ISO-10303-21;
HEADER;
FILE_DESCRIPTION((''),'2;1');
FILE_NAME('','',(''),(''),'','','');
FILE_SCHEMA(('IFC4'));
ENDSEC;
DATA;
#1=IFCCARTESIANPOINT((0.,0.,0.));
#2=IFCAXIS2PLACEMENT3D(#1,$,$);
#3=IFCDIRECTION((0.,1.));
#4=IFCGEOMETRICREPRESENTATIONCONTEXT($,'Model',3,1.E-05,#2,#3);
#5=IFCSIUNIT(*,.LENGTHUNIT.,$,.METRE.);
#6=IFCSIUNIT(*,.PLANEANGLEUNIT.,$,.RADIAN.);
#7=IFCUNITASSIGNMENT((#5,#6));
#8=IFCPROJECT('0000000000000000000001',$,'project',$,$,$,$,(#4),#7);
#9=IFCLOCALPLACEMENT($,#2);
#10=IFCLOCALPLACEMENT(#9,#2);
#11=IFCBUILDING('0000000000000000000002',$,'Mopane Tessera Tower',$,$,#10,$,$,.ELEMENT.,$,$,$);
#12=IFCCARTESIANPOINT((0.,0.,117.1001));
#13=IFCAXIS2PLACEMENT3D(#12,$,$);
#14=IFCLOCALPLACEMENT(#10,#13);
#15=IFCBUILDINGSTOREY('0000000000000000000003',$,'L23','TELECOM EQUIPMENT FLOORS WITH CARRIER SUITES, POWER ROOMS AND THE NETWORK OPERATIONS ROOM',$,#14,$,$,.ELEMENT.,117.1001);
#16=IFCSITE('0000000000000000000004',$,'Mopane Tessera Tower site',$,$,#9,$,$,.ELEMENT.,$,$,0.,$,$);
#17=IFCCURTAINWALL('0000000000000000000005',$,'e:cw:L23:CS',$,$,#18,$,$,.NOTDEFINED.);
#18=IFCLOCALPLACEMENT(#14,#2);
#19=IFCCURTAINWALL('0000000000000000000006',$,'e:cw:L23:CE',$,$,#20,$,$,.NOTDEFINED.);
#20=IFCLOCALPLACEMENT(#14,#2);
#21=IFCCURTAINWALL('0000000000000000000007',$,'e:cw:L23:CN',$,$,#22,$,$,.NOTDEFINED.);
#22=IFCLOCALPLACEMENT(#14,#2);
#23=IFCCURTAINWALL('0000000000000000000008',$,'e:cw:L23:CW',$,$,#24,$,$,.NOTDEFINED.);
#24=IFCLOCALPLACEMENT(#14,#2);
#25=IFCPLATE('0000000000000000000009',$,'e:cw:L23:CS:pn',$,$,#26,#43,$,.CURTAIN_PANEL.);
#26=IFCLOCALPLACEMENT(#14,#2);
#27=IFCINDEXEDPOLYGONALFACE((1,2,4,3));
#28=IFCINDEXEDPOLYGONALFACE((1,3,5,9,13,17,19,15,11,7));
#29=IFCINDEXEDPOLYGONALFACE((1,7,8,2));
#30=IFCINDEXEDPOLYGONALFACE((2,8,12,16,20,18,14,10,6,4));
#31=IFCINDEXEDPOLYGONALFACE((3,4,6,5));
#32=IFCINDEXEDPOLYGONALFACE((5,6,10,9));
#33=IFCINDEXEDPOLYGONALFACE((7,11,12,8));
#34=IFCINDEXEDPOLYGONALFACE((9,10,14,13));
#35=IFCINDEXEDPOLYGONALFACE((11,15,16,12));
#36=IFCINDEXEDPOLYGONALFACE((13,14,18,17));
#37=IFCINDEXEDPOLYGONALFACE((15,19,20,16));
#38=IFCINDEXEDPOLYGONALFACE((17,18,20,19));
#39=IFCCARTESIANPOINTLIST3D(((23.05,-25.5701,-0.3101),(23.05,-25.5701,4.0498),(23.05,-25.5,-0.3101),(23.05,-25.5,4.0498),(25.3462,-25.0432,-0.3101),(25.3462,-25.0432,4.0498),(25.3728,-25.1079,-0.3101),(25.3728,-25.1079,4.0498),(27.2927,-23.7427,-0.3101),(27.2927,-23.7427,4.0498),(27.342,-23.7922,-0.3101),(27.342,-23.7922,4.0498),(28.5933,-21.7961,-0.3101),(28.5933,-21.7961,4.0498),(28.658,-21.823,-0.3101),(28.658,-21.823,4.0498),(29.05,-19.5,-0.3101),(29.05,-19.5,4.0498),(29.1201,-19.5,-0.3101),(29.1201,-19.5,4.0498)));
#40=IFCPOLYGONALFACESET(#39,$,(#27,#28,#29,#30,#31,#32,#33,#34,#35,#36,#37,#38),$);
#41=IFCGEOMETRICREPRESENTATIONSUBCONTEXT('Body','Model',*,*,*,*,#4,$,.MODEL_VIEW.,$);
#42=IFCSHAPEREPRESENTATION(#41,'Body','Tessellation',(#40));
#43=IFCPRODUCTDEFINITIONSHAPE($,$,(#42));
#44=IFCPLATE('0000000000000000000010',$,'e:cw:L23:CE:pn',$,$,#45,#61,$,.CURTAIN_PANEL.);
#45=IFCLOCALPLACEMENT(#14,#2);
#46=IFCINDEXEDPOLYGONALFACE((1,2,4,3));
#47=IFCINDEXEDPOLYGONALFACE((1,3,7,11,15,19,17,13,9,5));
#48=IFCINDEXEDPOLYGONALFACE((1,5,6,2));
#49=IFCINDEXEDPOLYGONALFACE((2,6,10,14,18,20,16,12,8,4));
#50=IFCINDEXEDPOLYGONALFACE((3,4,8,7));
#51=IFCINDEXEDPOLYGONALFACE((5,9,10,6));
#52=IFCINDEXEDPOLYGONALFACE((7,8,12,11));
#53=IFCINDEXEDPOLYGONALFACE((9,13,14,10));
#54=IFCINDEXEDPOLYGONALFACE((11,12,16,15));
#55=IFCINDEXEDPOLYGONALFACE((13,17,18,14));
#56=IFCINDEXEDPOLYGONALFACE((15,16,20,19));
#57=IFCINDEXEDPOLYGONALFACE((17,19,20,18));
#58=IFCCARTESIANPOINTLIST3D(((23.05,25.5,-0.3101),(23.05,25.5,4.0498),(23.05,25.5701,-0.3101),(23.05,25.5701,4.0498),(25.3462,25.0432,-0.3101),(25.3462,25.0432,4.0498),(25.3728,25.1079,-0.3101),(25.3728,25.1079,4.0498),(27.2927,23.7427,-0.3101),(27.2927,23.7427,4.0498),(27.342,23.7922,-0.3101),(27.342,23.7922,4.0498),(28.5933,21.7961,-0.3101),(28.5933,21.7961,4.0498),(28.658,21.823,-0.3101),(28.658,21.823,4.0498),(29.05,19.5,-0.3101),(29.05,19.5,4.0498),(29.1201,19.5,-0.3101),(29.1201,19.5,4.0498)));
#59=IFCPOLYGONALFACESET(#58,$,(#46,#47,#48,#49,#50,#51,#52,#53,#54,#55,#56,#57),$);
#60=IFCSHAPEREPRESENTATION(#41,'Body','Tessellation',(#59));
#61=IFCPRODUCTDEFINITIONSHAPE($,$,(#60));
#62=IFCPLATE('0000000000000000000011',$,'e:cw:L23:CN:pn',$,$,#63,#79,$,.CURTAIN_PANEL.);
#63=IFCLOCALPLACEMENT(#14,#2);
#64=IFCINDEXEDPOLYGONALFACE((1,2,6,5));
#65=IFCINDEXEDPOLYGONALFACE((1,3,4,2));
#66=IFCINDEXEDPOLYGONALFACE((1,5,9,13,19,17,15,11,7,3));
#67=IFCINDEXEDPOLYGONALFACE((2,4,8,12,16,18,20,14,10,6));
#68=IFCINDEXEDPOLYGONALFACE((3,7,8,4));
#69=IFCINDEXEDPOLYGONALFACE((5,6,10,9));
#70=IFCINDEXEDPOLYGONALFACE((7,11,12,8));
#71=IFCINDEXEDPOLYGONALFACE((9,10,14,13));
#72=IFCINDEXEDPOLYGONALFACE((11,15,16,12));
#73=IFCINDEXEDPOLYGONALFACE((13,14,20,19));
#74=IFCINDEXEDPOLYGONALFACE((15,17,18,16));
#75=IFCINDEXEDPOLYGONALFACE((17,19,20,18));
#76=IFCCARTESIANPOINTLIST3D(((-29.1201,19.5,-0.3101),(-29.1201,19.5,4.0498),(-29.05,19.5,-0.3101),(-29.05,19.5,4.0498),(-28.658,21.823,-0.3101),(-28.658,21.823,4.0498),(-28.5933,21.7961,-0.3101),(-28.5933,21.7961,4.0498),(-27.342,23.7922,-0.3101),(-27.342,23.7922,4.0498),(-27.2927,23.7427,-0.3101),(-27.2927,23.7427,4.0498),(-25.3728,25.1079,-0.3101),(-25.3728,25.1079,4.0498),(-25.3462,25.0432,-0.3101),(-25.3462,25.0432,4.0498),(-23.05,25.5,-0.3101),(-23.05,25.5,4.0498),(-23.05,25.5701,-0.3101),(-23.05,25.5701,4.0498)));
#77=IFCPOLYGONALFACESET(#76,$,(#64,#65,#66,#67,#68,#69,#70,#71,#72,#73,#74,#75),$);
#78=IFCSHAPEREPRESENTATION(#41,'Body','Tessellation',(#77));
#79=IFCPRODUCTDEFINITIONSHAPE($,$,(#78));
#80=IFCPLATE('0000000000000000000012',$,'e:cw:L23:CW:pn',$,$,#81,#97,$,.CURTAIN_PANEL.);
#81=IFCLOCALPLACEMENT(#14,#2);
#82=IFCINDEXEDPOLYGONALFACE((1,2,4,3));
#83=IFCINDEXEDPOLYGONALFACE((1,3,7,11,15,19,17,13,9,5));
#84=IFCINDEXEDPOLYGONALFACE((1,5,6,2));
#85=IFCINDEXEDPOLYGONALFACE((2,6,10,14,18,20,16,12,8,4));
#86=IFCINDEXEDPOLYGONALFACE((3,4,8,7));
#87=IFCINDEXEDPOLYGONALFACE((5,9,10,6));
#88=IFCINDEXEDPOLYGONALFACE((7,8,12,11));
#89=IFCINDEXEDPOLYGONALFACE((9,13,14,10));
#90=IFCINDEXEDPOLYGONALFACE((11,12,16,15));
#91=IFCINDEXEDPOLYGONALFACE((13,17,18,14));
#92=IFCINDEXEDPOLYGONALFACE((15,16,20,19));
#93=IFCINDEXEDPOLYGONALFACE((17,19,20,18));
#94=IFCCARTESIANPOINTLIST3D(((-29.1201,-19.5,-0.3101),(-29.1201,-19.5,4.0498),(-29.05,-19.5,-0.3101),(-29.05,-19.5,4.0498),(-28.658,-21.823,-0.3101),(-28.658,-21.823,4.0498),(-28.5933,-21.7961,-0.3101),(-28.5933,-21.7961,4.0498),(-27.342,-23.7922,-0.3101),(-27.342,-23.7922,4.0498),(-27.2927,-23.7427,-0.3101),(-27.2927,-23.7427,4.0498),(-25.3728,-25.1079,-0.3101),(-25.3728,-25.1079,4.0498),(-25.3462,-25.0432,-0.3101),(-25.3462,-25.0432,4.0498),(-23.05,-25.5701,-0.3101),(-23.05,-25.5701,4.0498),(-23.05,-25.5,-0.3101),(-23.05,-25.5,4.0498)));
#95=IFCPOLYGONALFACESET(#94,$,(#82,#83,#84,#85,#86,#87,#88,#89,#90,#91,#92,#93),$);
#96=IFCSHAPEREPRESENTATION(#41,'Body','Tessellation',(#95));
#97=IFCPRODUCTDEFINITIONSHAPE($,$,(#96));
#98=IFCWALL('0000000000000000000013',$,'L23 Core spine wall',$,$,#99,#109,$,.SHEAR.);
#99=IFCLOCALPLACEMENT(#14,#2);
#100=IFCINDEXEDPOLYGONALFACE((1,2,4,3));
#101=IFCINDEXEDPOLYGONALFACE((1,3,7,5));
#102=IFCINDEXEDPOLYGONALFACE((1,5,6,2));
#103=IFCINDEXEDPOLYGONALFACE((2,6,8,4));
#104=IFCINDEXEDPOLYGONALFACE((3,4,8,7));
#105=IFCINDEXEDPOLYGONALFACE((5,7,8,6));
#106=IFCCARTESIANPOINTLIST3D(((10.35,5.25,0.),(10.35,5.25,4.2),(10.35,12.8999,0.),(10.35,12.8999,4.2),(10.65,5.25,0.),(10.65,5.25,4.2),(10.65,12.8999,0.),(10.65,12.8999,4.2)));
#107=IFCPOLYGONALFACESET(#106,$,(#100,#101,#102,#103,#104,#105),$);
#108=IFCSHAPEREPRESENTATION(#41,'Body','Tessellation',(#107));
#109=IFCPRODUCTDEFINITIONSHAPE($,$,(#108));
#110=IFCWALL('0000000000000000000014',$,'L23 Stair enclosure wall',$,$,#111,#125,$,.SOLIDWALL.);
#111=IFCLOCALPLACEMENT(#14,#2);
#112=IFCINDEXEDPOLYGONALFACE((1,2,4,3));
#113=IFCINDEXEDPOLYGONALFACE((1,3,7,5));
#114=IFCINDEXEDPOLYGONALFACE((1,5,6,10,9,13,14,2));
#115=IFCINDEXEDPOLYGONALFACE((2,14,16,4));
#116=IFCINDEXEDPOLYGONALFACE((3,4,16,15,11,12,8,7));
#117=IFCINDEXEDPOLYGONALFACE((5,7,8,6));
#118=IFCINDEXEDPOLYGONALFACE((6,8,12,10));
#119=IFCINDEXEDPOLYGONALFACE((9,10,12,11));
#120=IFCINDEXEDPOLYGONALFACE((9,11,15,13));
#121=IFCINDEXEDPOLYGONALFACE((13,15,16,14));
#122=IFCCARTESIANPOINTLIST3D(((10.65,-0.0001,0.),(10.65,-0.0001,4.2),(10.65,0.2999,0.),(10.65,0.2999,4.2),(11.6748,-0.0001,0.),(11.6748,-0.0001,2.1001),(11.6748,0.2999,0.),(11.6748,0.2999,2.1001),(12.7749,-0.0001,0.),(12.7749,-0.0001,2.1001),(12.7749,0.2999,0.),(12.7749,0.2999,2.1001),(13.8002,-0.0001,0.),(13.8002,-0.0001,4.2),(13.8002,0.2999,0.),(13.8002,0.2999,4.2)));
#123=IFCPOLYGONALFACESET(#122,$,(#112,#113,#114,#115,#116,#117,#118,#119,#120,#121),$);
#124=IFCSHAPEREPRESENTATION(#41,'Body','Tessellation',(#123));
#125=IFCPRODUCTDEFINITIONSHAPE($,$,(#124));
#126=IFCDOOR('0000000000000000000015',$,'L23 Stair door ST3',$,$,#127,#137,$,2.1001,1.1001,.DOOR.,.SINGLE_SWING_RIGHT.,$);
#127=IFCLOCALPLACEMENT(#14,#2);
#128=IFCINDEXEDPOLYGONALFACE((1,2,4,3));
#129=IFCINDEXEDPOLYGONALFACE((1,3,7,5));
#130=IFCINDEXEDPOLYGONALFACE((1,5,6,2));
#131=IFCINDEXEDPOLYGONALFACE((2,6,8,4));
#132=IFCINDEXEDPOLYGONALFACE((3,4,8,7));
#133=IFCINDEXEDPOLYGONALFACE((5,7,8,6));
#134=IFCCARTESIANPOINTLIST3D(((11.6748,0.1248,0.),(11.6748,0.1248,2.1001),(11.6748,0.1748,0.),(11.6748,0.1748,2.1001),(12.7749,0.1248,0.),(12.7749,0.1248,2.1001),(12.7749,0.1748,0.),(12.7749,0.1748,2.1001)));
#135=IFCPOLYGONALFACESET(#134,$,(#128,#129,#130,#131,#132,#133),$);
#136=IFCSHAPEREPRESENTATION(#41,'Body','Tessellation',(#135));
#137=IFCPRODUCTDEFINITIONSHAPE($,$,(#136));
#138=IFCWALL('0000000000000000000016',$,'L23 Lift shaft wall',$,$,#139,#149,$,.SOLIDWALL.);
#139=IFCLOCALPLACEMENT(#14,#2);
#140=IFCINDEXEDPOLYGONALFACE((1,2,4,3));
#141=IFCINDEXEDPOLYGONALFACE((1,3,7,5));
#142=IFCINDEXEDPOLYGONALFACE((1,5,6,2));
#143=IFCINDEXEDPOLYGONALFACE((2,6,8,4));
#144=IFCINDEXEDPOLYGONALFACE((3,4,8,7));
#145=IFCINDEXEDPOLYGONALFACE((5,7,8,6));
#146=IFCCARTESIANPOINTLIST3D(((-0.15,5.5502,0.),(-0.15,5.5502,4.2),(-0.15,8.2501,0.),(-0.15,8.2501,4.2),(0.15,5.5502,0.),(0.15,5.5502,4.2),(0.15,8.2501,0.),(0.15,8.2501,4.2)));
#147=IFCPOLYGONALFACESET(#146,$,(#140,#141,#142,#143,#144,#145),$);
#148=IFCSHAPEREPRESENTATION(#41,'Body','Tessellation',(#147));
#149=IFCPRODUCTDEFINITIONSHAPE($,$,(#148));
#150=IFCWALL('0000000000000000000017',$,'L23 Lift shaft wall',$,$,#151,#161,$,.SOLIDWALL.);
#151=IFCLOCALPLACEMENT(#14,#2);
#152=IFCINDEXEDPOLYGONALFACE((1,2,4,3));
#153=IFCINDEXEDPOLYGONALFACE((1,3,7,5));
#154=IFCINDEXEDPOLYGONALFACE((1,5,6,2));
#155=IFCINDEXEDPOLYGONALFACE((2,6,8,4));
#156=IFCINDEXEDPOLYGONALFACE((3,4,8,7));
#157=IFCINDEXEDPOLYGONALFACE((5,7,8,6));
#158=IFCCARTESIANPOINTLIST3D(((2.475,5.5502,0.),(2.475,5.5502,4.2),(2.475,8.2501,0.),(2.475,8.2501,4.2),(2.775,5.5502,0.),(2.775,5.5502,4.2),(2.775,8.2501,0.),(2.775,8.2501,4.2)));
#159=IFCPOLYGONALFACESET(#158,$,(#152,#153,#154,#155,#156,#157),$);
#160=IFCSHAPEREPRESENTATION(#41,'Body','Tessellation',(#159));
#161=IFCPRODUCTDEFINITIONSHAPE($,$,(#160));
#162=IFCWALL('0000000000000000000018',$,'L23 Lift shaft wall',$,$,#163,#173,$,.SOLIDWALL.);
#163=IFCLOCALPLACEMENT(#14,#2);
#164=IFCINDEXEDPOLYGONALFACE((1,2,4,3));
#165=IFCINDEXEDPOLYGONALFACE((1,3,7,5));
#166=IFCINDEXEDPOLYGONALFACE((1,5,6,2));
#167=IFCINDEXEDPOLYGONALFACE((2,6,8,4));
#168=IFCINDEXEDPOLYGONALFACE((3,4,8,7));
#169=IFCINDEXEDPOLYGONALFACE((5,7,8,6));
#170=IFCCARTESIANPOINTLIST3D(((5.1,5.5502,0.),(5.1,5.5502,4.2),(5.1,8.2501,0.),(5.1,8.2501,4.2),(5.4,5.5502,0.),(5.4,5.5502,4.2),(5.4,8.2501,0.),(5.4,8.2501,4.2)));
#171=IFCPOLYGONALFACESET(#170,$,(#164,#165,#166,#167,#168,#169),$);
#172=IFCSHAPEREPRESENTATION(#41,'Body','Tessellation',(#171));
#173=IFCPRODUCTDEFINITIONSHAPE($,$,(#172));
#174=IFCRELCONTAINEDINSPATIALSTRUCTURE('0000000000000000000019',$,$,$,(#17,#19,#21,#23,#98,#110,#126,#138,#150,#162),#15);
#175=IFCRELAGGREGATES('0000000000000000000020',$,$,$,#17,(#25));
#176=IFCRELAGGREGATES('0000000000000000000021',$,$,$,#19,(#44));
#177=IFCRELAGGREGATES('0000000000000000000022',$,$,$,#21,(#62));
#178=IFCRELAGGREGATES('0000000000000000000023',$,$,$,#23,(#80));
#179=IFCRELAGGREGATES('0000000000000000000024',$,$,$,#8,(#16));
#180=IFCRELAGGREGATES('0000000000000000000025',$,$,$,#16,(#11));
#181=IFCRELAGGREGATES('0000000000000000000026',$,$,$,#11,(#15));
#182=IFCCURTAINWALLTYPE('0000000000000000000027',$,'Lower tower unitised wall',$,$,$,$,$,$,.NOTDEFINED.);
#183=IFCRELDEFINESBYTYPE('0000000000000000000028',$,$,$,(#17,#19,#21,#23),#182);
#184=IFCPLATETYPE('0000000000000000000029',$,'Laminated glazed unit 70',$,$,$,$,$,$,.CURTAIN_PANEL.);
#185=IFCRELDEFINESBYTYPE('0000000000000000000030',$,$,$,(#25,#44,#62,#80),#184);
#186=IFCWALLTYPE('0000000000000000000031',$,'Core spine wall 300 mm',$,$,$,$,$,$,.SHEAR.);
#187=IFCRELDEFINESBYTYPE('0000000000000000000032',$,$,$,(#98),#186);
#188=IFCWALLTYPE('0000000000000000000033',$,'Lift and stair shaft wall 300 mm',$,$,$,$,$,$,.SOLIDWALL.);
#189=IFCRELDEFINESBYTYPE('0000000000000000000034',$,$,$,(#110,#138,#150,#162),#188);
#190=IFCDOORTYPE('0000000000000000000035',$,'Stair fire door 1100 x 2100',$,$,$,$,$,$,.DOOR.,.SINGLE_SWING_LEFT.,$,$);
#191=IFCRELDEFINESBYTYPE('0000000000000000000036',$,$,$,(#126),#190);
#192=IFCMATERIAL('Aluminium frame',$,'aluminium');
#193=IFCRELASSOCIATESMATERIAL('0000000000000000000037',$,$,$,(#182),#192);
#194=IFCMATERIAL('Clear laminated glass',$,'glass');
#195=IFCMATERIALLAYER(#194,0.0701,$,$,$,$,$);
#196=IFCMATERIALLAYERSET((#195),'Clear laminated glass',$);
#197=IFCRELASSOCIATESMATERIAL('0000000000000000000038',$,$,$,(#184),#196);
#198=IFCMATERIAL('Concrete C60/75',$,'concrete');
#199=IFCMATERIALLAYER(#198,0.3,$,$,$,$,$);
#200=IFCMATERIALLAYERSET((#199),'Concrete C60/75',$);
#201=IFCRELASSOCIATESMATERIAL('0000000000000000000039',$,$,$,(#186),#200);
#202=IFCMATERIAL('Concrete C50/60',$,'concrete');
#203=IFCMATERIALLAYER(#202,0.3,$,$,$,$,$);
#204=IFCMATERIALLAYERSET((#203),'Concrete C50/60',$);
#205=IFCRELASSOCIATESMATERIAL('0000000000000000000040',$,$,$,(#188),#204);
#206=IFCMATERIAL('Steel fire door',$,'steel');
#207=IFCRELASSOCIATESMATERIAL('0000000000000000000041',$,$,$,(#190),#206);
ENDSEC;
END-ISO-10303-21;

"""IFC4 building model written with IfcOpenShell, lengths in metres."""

from ifc_helpers import new_model, si_unit, direction, frame, frame_2d, origin, place, context, subcontext, project, spatial, polyline, rectangle, outline, extrude, material, layer, layer_set, type_object, element, fill, aggregate, save


model = new_model("IFC4")

# Units and contexts
model_context = context("Model", 3, precision=1e-05, world=origin(), true_north=direction((0.0, 1.0)))
body_context = subcontext(model_context, "Body", "Model", "MODEL_VIEW")
ifc_project = project(units=[si_unit("LENGTHUNIT", "METRE"), si_unit("PLANEANGLEUNIT", "RADIAN")], contexts=[model_context])

# Site, building, storey
site_placement = place(None, origin())
site = spatial("IfcSite", under=ifc_project, at=site_placement, Name="Mopane Tessera Tower site", CompositionType="ELEMENT", RefElevation=0.0)
building_placement = place(site_placement, origin())
building = spatial("IfcBuilding", under=site, at=building_placement, Name="Mopane Tessera Tower", CompositionType="ELEMENT")
storey_placement = place(building_placement, frame((0.0, 0.0, 117.1001)))
storey = spatial("IfcBuildingStorey", under=building, at=storey_placement, Name="L23", Description="TELECOM EQUIPMENT FLOORS WITH CARRIER SUITES, POWER ROOMS AND THE NETWORK OPERATIONS ROOM", CompositionType="ELEMENT", Elevation=117.1001)

# Curtain walls
ifc_material_1 = material(Name="Aluminium frame", Category="aluminium")
curtain_wall_type = type_object("IfcCurtainWallType", Name="Lower tower unitised wall", PredefinedType="NOTDEFINED", material=ifc_material_1)
curtain_wall_1_placement = place(storey_placement, origin())
curtain_wall_1 = element("IfcCurtainWall", 1, at=curtain_wall_1_placement, inside=storey, type_object=curtain_wall_type, Name="e:cw:L23:CS", PredefinedType="NOTDEFINED")
curtain_wall_2_placement = place(storey_placement, origin())
curtain_wall_2 = element("IfcCurtainWall", 2, at=curtain_wall_2_placement, inside=storey, type_object=curtain_wall_type, Name="e:cw:L23:CE", PredefinedType="NOTDEFINED")
curtain_wall_3_placement = place(storey_placement, origin())
curtain_wall_3 = element("IfcCurtainWall", 3, at=curtain_wall_3_placement, inside=storey, type_object=curtain_wall_type, Name="e:cw:L23:CN", PredefinedType="NOTDEFINED")
curtain_wall_4_placement = place(storey_placement, origin())
curtain_wall_4 = element("IfcCurtainWall", 4, at=curtain_wall_4_placement, inside=storey, type_object=curtain_wall_type, Name="e:cw:L23:CW", PredefinedType="NOTDEFINED")

# Plates
ifc_material_2 = material(Name="Clear laminated glass", Category="glass")
ifc_layer_1 = layer(ifc_material_2, 0.0701)
ifc_layer_set_1 = layer_set([ifc_layer_1], Name="Clear laminated glass")
plate_type = type_object("IfcPlateType", Name="Laminated glazed unit 70", PredefinedType="CURTAIN_PANEL", material=ifc_layer_set_1)
plate_1_placement = place(storey_placement, frame((0.0, 0.0, -0.3101)))
plate_1 = element("IfcPlate", 5, at=plate_1_placement, type_object=plate_type, Name="e:cw:L23:CS:pn", PredefinedType="CURTAIN_PANEL", context=body_context, shape_type="SweptSolid", body=[
    extrude(outline(polyline([(23.05, -25.5), (25.3462, -25.0432), (27.2927, -23.7427), (28.5933, -21.7961), (29.05, -19.5), (29.1201, -19.5), (28.658, -21.823), (27.342, -23.7922), (25.3728, -25.1079), (23.05, -25.5701), (23.05, -25.5)])), origin(), (0.0, 0.0, 1.0), 4.3599),
])
aggregate(curtain_wall_1, [plate_1])
plate_2_placement = place(storey_placement, frame((0.0, 0.0, -0.3101)))
plate_2 = element("IfcPlate", 6, at=plate_2_placement, type_object=plate_type, Name="e:cw:L23:CE:pn", PredefinedType="CURTAIN_PANEL", context=body_context, shape_type="SweptSolid", body=[
    extrude(outline(polyline([(29.05, 19.5), (28.5933, 21.7961), (27.2927, 23.7427), (25.3462, 25.0432), (23.05, 25.5), (23.05, 25.5701), (25.3728, 25.1079), (27.342, 23.7922), (28.658, 21.823), (29.1201, 19.5), (29.05, 19.5)])), origin(), (0.0, 0.0, 1.0), 4.3599),
])
aggregate(curtain_wall_2, [plate_2])
plate_3_placement = place(storey_placement, frame((0.0, 0.0, -0.3101)))
plate_3 = element("IfcPlate", 7, at=plate_3_placement, type_object=plate_type, Name="e:cw:L23:CN:pn", PredefinedType="CURTAIN_PANEL", context=body_context, shape_type="SweptSolid", body=[
    extrude(outline(polyline([(-23.05, 25.5), (-25.3462, 25.0432), (-27.2927, 23.7427), (-28.5933, 21.7961), (-29.05, 19.5), (-29.1201, 19.5), (-28.658, 21.823), (-27.342, 23.7922), (-25.3728, 25.1079), (-23.05, 25.5701), (-23.05, 25.5)])), origin(), (0.0, 0.0, 1.0), 4.3599),
])
aggregate(curtain_wall_3, [plate_3])
plate_4_placement = place(storey_placement, frame((0.0, 0.0, -0.3101)))
plate_4 = element("IfcPlate", 8, at=plate_4_placement, type_object=plate_type, Name="e:cw:L23:CW:pn", PredefinedType="CURTAIN_PANEL", context=body_context, shape_type="SweptSolid", body=[
    extrude(outline(polyline([(-29.05, -19.5), (-28.5933, -21.7961), (-27.2927, -23.7427), (-25.3462, -25.0432), (-23.05, -25.5), (-23.05, -25.5701), (-25.3728, -25.1079), (-27.342, -23.7922), (-28.658, -21.823), (-29.1201, -19.5), (-29.05, -19.5)])), origin(), (0.0, 0.0, 1.0), 4.3599),
])
aggregate(curtain_wall_4, [plate_4])

# Wall
ifc_material_3 = material(Name="Concrete C60/75", Category="concrete")
ifc_layer_2 = layer(ifc_material_3, 0.3)
ifc_layer_set_2 = layer_set([ifc_layer_2], Name="Concrete C60/75")
wall_type_1 = type_object("IfcWallType", Name="Core spine wall 300 mm", PredefinedType="SHEAR", material=ifc_layer_set_2)
wall_1_placement = place(storey_placement, frame((10.5, 5.25, 0.0), z_axis=(0.0, 0.0, 1.0), x_axis=(0.0, 1.0, 0.0)))
element("IfcWall", 9, at=wall_1_placement, inside=storey, type_object=wall_type_1, Name="L23 Core spine wall", PredefinedType="SHEAR", context=body_context, shape_type="SweptSolid", body=[
    extrude(rectangle(XDim=7.6499, YDim=0.3, at=frame_2d((3.825, 0.0))), origin(), (0.0, 0.0, 1.0), 4.2),
])

# Wall, opening, door
ifc_material_4 = material(Name="Concrete C50/60", Category="concrete")
ifc_layer_3 = layer(ifc_material_4, 0.3)
ifc_layer_set_3 = layer_set([ifc_layer_3], Name="Concrete C50/60")
wall_type_2 = type_object("IfcWallType", Name="Lift and stair shaft wall 300 mm", PredefinedType="SOLIDWALL", material=ifc_layer_set_3)
wall_2_placement = place(storey_placement, frame((10.6499, 0.1499, 0.0), z_axis=(0.0, 0.0, 1.0), x_axis=(1.0, 0.0, 0.0)))
wall_2 = element("IfcWall", 10, at=wall_2_placement, inside=storey, type_object=wall_type_2, Name="L23 Stair enclosure wall", PredefinedType="SOLIDWALL", context=body_context, shape_type="SweptSolid", body=[
    extrude(rectangle(XDim=3.1501, YDim=0.3, at=frame_2d((1.5752, 0.0))), origin(), (0.0, 0.0, 1.0), 4.2),
])
opening_placement = place(wall_2_placement, frame((1.0249, 0.0, 0.0)))
opening = element("IfcOpeningElement", 11, at=opening_placement, cuts=wall_2, PredefinedType="OPENING", context=body_context, shape_type="SweptSolid", body=[
    extrude(rectangle(XDim=1.1001, YDim=2.1001, at=frame_2d((0.55, 1.05))), frame((0.0, 0.1621, 0.0), z_axis=(0.0, -1.0, 0.0), x_axis=(1.0, 0.0, 0.0)), (0.0, 0.0, 1.0), 0.324),
])
ifc_material_5 = material(Name="Steel fire door", Category="steel")
door_type = type_object("IfcDoorType", Name="Stair fire door 1100 x 2100", OperationType="SINGLE_SWING_LEFT", PredefinedType="DOOR", material=ifc_material_5)
door_placement = place(opening_placement, origin())
door = element("IfcDoor", 12, at=door_placement, inside=storey, type_object=door_type, Name="L23 Stair door ST3", OperationType="SINGLE_SWING_RIGHT", OverallHeight=2.1001, OverallWidth=1.1001, PredefinedType="DOOR", context=body_context, shape_type="SweptSolid", body=[
    extrude(rectangle(XDim=1.1001, YDim=2.1001, at=frame_2d((0.55, 1.05))), frame((0.0, 0.0249, 0.0), z_axis=(0.0, -1.0, 0.0), x_axis=(1.0, 0.0, 0.0)), (0.0, 0.0, 1.0), 0.05),
])
fill(opening, door)

# Walls
for number, where, z_axis, x_axis, name in (
    (13, (0.0, 5.55, 0.0), (0.0, 0.0, 1.0), (0.0, 1.0, 0.0), "L23 Lift shaft wall"),
    (14, (2.625, 5.55, 0.0), (0.0, 0.0, 1.0), (0.0, 1.0, 0.0), "L23 Lift shaft wall"),
    (15, (5.25, 5.55, 0.0), (0.0, 0.0, 1.0), (0.0, 1.0, 0.0), "L23 Lift shaft wall"),
):
    element("IfcWall", number, at=place(storey_placement, frame(where, z_axis=z_axis, x_axis=x_axis)), inside=storey, type_object=wall_type_2, Name=name, PredefinedType="SOLIDWALL", context=body_context, shape_type="SweptSolid", body=[
        extrude(rectangle(XDim=2.7, YDim=0.3, at=frame_2d((1.3501, 0.0))), origin(), (0.0, 0.0, 1.0), 4.2),
    ])

save(model, "model.ifc")
